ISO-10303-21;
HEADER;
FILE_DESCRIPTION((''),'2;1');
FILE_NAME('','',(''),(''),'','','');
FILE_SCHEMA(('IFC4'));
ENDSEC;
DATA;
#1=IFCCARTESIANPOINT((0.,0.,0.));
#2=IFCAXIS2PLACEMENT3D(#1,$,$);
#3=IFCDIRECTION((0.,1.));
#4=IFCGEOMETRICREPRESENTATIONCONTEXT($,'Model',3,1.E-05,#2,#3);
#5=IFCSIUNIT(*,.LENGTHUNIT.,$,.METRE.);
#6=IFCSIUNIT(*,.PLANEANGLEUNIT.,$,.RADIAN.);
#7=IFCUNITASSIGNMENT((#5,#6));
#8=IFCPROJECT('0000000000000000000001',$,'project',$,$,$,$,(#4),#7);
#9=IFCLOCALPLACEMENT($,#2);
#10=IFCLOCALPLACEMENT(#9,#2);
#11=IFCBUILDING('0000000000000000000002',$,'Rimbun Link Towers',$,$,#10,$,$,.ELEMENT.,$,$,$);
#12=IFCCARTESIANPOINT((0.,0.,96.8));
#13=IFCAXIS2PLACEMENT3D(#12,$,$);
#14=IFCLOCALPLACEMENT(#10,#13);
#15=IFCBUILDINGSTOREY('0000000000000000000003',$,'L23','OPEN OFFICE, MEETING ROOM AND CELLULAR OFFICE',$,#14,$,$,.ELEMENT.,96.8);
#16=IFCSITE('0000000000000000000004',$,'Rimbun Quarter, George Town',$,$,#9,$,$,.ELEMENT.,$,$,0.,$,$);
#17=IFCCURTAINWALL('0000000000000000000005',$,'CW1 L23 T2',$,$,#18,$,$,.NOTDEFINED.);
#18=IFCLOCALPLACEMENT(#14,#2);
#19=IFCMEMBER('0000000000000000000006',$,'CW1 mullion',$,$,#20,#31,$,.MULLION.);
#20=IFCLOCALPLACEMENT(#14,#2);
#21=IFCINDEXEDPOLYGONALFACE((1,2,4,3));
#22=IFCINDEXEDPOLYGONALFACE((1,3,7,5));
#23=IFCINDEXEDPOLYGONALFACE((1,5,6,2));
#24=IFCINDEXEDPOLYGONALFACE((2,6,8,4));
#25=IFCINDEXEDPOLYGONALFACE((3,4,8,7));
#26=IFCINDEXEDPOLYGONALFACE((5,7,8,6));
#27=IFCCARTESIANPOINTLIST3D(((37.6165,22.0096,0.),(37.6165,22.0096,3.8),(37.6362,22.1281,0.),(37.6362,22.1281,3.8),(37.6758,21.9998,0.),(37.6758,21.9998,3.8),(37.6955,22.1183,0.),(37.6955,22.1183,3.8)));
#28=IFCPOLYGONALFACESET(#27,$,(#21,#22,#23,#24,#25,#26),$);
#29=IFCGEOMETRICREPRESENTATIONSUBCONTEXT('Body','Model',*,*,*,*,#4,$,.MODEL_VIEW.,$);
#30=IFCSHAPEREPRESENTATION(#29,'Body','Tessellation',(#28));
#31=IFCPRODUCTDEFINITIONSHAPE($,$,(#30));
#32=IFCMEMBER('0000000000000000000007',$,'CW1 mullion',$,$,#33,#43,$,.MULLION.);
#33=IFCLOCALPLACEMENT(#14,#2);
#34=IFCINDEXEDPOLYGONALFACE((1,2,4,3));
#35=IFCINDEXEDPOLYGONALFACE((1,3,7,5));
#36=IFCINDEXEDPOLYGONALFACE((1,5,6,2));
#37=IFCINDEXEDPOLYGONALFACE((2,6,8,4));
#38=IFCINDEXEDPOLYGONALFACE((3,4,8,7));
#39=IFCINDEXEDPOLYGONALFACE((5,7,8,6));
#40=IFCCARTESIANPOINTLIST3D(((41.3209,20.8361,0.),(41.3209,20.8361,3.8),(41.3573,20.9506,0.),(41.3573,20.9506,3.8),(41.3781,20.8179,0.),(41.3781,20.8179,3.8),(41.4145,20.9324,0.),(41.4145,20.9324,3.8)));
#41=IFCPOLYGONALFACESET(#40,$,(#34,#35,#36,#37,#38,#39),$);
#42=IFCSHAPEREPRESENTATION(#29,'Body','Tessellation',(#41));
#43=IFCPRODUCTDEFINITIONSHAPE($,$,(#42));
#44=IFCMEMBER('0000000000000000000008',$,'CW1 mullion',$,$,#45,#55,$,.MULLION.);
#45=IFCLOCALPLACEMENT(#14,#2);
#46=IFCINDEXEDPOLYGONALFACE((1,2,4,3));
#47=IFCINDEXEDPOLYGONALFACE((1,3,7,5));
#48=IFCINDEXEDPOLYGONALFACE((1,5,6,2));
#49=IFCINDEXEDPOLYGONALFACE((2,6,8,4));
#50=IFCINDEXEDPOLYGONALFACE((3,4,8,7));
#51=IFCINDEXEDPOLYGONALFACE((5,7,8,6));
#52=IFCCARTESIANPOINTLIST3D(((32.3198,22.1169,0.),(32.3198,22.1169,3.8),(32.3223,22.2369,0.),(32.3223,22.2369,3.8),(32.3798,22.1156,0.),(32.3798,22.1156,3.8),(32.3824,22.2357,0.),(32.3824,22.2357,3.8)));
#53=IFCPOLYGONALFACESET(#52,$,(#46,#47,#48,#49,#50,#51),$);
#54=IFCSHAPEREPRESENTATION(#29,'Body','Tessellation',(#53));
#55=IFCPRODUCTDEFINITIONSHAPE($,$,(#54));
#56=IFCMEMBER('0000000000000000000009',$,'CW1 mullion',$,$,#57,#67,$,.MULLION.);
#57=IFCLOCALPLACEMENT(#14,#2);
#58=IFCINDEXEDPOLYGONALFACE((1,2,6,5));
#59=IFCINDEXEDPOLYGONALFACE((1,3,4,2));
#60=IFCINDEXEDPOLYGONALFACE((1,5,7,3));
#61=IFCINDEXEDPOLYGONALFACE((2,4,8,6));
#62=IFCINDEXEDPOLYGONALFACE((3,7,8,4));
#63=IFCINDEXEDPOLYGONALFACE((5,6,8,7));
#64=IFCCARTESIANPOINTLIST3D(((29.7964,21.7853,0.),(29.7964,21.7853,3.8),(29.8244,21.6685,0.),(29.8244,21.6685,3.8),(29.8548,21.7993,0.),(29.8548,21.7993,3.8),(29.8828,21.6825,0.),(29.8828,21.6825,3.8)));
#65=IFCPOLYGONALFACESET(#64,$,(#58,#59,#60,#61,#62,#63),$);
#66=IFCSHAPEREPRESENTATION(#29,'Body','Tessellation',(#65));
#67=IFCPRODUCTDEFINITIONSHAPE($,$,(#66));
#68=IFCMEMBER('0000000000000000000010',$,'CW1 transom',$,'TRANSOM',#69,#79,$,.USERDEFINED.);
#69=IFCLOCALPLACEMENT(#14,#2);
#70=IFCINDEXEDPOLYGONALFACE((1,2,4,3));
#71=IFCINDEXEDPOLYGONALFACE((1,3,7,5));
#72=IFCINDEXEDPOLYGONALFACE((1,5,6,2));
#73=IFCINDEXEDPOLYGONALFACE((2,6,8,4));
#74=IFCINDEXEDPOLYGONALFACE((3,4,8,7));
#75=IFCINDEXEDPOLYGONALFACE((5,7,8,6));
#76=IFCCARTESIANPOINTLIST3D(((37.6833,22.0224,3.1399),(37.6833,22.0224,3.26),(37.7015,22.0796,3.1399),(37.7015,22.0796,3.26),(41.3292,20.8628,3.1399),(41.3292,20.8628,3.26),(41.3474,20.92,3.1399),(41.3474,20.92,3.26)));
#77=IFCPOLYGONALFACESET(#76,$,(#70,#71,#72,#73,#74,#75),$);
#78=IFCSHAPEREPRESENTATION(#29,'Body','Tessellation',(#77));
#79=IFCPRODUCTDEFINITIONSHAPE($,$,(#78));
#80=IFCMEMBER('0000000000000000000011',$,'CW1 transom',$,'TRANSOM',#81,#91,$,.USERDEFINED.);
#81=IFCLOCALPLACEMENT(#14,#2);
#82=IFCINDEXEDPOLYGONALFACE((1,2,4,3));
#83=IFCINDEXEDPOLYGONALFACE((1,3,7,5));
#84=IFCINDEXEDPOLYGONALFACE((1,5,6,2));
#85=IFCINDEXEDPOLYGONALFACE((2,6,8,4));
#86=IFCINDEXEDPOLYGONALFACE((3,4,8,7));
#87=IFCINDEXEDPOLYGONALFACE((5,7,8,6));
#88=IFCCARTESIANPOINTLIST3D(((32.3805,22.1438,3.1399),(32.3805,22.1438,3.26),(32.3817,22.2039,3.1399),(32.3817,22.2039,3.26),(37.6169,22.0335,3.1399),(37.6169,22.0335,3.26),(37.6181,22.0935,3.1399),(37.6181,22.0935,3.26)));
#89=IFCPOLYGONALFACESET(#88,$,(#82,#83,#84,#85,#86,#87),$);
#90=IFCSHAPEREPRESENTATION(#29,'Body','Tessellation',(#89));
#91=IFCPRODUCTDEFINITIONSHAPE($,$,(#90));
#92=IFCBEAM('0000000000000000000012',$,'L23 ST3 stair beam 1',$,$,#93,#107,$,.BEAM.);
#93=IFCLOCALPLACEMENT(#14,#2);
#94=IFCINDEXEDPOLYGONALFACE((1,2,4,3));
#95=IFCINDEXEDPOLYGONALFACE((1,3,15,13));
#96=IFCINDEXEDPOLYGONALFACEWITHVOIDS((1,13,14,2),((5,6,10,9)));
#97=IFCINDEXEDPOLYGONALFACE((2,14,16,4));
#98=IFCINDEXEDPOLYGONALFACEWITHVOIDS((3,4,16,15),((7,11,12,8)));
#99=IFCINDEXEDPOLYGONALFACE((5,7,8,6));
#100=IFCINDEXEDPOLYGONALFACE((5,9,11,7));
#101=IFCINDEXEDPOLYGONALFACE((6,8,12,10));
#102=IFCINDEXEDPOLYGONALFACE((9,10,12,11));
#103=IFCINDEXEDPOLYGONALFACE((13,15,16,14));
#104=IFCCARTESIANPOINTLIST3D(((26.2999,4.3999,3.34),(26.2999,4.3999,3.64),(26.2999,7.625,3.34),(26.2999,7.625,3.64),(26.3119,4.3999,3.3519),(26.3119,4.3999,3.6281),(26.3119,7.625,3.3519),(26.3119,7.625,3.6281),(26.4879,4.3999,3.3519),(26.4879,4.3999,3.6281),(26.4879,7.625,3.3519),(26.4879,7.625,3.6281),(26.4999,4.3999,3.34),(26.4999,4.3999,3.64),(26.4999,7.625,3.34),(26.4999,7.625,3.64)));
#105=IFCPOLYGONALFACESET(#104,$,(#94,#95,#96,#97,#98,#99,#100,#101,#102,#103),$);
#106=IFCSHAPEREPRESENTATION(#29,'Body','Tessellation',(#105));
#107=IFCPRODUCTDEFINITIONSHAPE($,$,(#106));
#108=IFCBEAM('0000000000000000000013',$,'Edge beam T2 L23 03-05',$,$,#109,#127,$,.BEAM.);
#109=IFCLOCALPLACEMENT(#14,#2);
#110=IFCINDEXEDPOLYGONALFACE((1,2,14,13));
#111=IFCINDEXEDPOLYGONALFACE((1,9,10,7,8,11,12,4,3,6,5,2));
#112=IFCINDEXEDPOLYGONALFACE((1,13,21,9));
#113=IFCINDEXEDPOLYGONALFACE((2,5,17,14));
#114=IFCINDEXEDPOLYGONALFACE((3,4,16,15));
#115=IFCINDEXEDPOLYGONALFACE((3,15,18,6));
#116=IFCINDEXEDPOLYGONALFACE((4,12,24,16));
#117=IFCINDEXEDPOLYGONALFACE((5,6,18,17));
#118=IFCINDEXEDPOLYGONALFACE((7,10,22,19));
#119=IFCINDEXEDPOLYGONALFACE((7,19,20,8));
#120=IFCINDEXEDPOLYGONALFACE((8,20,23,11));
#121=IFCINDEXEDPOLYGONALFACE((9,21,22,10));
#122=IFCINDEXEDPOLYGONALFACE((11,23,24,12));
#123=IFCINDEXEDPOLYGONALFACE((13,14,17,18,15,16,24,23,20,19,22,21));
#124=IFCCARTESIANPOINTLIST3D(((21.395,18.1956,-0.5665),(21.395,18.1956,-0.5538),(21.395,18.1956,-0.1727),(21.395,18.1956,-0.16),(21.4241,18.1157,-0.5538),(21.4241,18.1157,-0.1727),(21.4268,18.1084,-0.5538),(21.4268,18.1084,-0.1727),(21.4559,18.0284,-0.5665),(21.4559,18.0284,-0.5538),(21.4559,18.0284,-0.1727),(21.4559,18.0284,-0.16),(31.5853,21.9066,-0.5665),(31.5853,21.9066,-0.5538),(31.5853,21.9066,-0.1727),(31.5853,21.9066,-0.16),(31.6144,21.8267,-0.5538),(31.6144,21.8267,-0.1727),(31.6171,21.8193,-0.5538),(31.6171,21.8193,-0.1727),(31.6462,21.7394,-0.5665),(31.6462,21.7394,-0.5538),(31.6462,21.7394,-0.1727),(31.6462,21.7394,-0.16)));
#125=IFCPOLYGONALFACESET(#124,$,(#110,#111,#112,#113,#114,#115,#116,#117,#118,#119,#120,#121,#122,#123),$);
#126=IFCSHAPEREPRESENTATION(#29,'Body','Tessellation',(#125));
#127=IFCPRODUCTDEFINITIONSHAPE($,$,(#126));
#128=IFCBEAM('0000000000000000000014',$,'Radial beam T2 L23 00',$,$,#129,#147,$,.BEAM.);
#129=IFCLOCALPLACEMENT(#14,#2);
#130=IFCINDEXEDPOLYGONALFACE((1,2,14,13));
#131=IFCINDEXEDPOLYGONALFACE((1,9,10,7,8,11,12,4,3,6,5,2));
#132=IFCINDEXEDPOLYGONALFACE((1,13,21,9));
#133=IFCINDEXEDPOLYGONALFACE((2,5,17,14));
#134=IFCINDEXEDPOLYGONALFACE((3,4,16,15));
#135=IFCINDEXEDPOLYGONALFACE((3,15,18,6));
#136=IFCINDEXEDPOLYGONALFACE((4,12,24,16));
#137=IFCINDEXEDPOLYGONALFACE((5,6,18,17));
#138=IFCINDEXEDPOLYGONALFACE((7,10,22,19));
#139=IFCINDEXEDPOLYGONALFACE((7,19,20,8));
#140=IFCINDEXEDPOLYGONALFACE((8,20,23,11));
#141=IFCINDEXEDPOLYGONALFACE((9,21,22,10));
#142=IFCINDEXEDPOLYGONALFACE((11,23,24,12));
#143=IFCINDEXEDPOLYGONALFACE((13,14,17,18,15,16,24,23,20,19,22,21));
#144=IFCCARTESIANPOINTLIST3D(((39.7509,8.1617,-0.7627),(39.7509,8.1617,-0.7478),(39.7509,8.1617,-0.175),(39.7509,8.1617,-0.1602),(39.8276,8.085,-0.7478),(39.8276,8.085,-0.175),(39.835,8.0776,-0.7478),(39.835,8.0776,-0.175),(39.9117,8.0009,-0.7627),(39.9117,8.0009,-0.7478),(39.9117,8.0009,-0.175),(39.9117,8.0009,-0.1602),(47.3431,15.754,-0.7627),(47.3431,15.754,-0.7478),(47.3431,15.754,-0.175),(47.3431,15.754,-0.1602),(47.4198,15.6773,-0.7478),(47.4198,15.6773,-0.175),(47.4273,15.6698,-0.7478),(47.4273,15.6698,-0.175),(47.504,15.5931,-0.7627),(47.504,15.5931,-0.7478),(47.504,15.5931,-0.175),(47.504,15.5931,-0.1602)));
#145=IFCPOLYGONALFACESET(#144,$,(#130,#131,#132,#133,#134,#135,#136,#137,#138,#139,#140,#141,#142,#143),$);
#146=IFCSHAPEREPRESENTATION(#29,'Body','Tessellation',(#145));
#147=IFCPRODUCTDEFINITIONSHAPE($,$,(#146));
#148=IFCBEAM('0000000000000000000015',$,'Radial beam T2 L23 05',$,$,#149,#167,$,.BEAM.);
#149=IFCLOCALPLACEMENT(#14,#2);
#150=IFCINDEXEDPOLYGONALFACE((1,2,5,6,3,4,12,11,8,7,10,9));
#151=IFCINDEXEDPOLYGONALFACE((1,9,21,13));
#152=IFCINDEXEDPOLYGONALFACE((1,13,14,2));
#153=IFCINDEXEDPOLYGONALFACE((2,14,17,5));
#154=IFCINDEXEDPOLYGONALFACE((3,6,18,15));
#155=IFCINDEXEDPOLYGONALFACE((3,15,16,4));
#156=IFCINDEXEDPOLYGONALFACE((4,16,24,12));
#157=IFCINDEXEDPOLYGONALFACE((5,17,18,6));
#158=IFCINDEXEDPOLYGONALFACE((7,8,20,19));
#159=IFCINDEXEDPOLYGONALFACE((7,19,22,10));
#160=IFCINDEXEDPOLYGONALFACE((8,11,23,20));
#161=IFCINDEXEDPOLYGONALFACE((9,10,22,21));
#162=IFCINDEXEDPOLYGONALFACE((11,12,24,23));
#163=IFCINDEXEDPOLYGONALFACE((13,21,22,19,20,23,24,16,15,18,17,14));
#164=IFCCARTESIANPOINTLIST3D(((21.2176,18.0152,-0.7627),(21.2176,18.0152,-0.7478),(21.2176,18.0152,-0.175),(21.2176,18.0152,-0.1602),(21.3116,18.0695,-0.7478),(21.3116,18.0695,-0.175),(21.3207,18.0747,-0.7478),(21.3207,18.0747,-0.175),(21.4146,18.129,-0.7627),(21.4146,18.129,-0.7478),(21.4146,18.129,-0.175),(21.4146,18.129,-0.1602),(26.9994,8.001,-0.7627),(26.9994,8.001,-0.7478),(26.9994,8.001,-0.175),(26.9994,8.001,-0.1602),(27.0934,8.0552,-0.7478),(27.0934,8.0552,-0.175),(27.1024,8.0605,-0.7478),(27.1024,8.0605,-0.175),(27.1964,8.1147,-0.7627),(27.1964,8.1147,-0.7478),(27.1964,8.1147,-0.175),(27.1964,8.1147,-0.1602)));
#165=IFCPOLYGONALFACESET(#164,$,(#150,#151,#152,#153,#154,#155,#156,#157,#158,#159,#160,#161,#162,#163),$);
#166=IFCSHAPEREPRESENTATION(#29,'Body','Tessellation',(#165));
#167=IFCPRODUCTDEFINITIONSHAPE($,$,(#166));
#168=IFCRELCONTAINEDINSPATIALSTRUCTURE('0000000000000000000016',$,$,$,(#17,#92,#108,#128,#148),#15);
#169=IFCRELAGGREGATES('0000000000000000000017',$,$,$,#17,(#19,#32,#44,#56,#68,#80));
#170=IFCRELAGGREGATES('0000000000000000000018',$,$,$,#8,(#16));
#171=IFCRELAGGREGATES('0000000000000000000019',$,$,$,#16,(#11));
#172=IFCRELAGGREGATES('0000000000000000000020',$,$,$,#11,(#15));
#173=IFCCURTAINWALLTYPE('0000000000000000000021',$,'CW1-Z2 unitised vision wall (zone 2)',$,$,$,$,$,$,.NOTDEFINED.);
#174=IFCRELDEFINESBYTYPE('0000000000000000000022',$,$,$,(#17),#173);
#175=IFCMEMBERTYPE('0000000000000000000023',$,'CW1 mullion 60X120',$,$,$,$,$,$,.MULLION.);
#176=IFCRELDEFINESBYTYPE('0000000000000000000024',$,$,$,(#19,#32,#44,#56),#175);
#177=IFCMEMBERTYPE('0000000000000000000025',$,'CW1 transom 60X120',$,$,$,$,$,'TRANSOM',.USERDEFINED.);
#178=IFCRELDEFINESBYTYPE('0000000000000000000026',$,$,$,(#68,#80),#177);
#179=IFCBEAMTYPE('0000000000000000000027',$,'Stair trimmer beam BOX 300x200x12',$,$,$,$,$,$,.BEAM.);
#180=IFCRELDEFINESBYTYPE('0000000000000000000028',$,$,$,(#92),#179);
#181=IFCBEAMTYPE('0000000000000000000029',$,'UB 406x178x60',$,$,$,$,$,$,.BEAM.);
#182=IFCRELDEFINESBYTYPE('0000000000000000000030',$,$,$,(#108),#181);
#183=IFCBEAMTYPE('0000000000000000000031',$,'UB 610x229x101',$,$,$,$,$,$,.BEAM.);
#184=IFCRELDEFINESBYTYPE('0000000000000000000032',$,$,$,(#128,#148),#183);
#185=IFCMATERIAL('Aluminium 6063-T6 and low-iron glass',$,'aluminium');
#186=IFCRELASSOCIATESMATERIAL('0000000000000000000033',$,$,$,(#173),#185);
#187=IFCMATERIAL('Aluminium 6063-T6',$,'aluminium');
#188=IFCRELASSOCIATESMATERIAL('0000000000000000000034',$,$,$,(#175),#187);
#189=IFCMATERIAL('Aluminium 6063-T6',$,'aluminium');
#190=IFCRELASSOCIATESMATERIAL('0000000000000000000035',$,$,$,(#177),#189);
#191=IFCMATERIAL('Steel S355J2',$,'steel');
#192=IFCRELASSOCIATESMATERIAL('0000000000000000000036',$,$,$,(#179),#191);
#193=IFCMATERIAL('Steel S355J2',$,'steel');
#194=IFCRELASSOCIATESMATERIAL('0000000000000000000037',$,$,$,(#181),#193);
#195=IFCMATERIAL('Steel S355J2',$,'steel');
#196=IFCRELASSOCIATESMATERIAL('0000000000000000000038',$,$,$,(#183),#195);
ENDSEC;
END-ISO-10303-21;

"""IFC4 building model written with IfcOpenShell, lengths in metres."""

from ifc_helpers import new_model, si_unit, direction, frame, origin, origin_2d, place, context, subcontext, project, spatial, rectangle, hollow_rectangle, i_section, extrude, material, material_profile, profile_set, type_object, element, aggregate, save


model = new_model("IFC4")

# Units and contexts
model_context = context("Model", 3, precision=1e-05, world=origin(), true_north=direction((0.0, 1.0)))
body_context = subcontext(model_context, "Body", "Model", "MODEL_VIEW")
ifc_project = project(units=[si_unit("LENGTHUNIT", "METRE"), si_unit("PLANEANGLEUNIT", "RADIAN")], contexts=[model_context])

# Site, building, storey
site_placement = place(None, origin())
site = spatial("IfcSite", under=ifc_project, at=site_placement, Name="Rimbun Quarter, George Town", CompositionType="ELEMENT", RefElevation=0.0)
building_placement = place(site_placement, origin())
building = spatial("IfcBuilding", under=site, at=building_placement, Name="Rimbun Link Towers", CompositionType="ELEMENT")
storey_placement = place(building_placement, frame((0.0, 0.0, 96.8)))
storey = spatial("IfcBuildingStorey", under=building, at=storey_placement, Name="L23", Description="OPEN OFFICE, MEETING ROOM AND CELLULAR OFFICE", CompositionType="ELEMENT", Elevation=96.8)

# Curtain wall, members
ifc_material_1 = material(Name="Aluminium 6063-T6 and low-iron glass", Category="aluminium")
curtain_wall_type = type_object("IfcCurtainWallType", Name="CW1-Z2 unitised vision wall (zone 2)", PredefinedType="NOTDEFINED", material=ifc_material_1)
curtain_wall_placement = place(storey_placement, origin())
curtain_wall = element("IfcCurtainWall", 1, at=curtain_wall_placement, inside=storey, type_object=curtain_wall_type, Name="CW1 L23 T2", PredefinedType="NOTDEFINED")
ifc_material_2 = material(Name="Aluminium 6063-T6", Category="aluminium")
ifc_material_profile_1 = material_profile(ifc_material_2, rectangle(XDim=0.1201, YDim=0.0601, at=origin_2d()), Name="MULLION 60X120")
ifc_profile_set_1 = profile_set([ifc_material_profile_1], Name="Aluminium 6063-T6")
member_type_1 = type_object("IfcMemberType", Name="CW1 mullion 60X120", PredefinedType="MULLION", material=ifc_profile_set_1)
member_1_placement = place(storey_placement, frame((37.656, 22.064, 0.0), z_axis=(0.0, 0.0, 1.0), x_axis=(0.163744, 0.986503, 0.0)))
member_1 = element("IfcMember", 2, at=member_1_placement, type_object=member_type_1, Name="CW1 mullion", PredefinedType="MULLION", context=body_context, shape_type="SweptSolid", body=[
    extrude(rectangle(XDim=0.1201, YDim=0.0601, at=origin_2d()), origin(), (0.0, 0.0, 1.0), 3.8),
])
member_2_placement = place(storey_placement, frame((41.3677, 20.8843, 0.0), z_axis=(0.0, 0.0, 1.0), x_axis=(0.303066, 0.95297, 0.0)))
member_2 = element("IfcMember", 3, at=member_2_placement, type_object=member_type_1, Name="CW1 mullion", PredefinedType="MULLION", context=body_context, shape_type="SweptSolid", body=[
    extrude(rectangle(XDim=0.1201, YDim=0.0601, at=origin_2d()), origin(), (0.0, 0.0, 1.0), 3.8),
])
member_3_placement = place(storey_placement, frame((32.3511, 22.1763, 0.0), z_axis=(0.0, 0.0, 1.0), x_axis=(0.02106, 0.999778, 0.0)))
member_3 = element("IfcMember", 4, at=member_3_placement, type_object=member_type_1, Name="CW1 mullion", PredefinedType="MULLION", context=body_context, shape_type="SweptSolid", body=[
    extrude(rectangle(XDim=0.1201, YDim=0.0601, at=origin_2d()), origin(), (0.0, 0.0, 1.0), 3.8),
])
member_4_placement = place(storey_placement, frame((29.8396, 21.7339, 0.0), z_axis=(0.0, 0.0, 1.0), x_axis=(-0.232601, 0.972572, 0.0)))
member_4 = element("IfcMember", 5, at=member_4_placement, type_object=member_type_1, Name="CW1 mullion", PredefinedType="MULLION", context=body_context, shape_type="SweptSolid", body=[
    extrude(rectangle(XDim=0.1201, YDim=0.0601, at=origin_2d()), origin(), (0.0, 0.0, 1.0), 3.8),
])
ifc_material_3 = material(Name="Aluminium 6063-T6", Category="aluminium")
ifc_material_profile_2 = material_profile(ifc_material_3, rectangle(XDim=0.0601, YDim=0.1201, at=origin_2d()), Name="TRANSOM 60X120")
ifc_profile_set_2 = profile_set([ifc_material_profile_2], Name="Aluminium 6063-T6")
member_type_2 = type_object("IfcMemberType", Name="CW1 transom 60X120", ElementType="TRANSOM", PredefinedType="USERDEFINED", material=ifc_profile_set_2)
member_5_placement = place(storey_placement, frame((37.6924, 22.051, 3.2), z_axis=(0.952958, -0.303104, 0.0), x_axis=(0.303104, 0.952958, 0.0)))
member_5 = element("IfcMember", 6, at=member_5_placement, type_object=member_type_2, Name="CW1 transom", ObjectType="TRANSOM", PredefinedType="USERDEFINED", context=body_context, shape_type="SweptSolid", body=[
    extrude(rectangle(XDim=0.0601, YDim=0.1201, at=origin_2d()), origin(), (0.0, 0.0, 1.0), 3.8259),
])
member_6_placement = place(storey_placement, frame((32.3811, 22.1738, 3.2), z_axis=(0.999778, -0.02107, 0.0), x_axis=(0.02107, 0.999778, 0.0)))
member_6 = element("IfcMember", 7, at=member_6_placement, type_object=member_type_2, Name="CW1 transom", ObjectType="TRANSOM", PredefinedType="USERDEFINED", context=body_context, shape_type="SweptSolid", body=[
    extrude(rectangle(XDim=0.0601, YDim=0.1201, at=origin_2d()), origin(), (0.0, 0.0, 1.0), 5.2375),
])

# Beams
ifc_material_4 = material(Name="Steel S355J2", Category="steel")
ifc_material_profile_3 = material_profile(ifc_material_4, hollow_rectangle(XDim=0.2, YDim=0.3, WallThickness=0.012, at=origin_2d()), Name="BOX 300x200x12")
ifc_profile_set_3 = profile_set([ifc_material_profile_3], Name="Steel S355J2")
beam_type_1 = type_object("IfcBeamType", Name="Stair trimmer beam BOX 300x200x12", PredefinedType="BEAM", material=ifc_profile_set_3)
beam_1_placement = place(storey_placement, frame((26.3999, 7.625, 3.49), z_axis=(0.0, -1.0, 0.0), x_axis=(1.0, 0.0, 0.0)))
element("IfcBeam", 8, at=beam_1_placement, inside=storey, type_object=beam_type_1, Name="L23 ST3 stair beam 1", PredefinedType="BEAM", context=body_context, shape_type="SweptSolid", body=[
    extrude(hollow_rectangle(XDim=0.2, YDim=0.3, WallThickness=0.012, at=origin_2d()), origin(), (0.0, 0.0, 1.0), 3.2251),
])
ifc_material_5 = material(Name="Steel S355J2", Category="steel")
ifc_material_profile_4 = material_profile(ifc_material_5, i_section(OverallWidth=0.178, OverallDepth=0.4065, WebThickness=0.0078, FlangeThickness=0.0127, at=origin_2d()), Name="UB 406x178x60")
ifc_profile_set_4 = profile_set([ifc_material_profile_4], Name="Steel S355J2")
beam_type_2 = type_object("IfcBeamType", Name="UB 406x178x60", PredefinedType="BEAM", material=ifc_profile_set_4)
beam_2_placement = place(storey_placement, frame((31.6157, 21.823, -0.3633), z_axis=(-0.939633, -0.342184, 0.0), x_axis=(0.342184, -0.939633, 0.0)))
element("IfcBeam", 9, at=beam_2_placement, inside=storey, type_object=beam_type_2, Name="Edge beam T2 L23 03-05", PredefinedType="BEAM", context=body_context, shape_type="SweptSolid", body=[
    extrude(i_section(OverallWidth=0.178, OverallDepth=0.4065, WebThickness=0.0078, FlangeThickness=0.0127, at=origin_2d()), origin(), (0.0, 0.0, 1.0), 10.845),
])
ifc_material_6 = material(Name="Steel S355J2", Category="steel")
ifc_material_profile_5 = material_profile(ifc_material_6, i_section(OverallWidth=0.2275, OverallDepth=0.6025, WebThickness=0.0105, FlangeThickness=0.0149, at=origin_2d()), Name="UB 610x229x101")
ifc_profile_set_5 = profile_set([ifc_material_profile_5], Name="Steel S355J2")
beam_type_3 = type_object("IfcBeamType", Name="UB 610x229x101", PredefinedType="BEAM", material=ifc_profile_set_5)
beam_3_placement = place(storey_placement, frame((39.8313, 8.0813, -0.4614), z_axis=(0.707107, 0.707107, 0.0), x_axis=(-0.707107, 0.707107, 0.0)))
element("IfcBeam", 10, at=beam_3_placement, inside=storey, type_object=beam_type_3, Name="Radial beam T2 L23 00", PredefinedType="BEAM", context=body_context, shape_type="SweptSolid", body=[
    extrude(i_section(OverallWidth=0.2275, OverallDepth=0.6025, WebThickness=0.0105, FlangeThickness=0.0149, at=origin_2d()), origin(), (0.0, 0.0, 1.0), 10.7371),
])
beam_4_placement = place(storey_placement, frame((27.0979, 8.0579, -0.4614), z_axis=(-0.500004, 0.866023, 0.0), x_axis=(-0.866023, -0.500004, 0.0)))
element("IfcBeam", 11, at=beam_4_placement, inside=storey, type_object=beam_type_3, Name="Radial beam T2 L23 05", PredefinedType="BEAM", context=body_context, shape_type="SweptSolid", body=[
    extrude(i_section(OverallWidth=0.2275, OverallDepth=0.6025, WebThickness=0.0105, FlangeThickness=0.0149, at=origin_2d()), origin(), (0.0, 0.0, 1.0), 11.5635),
])

aggregate(curtain_wall, [member_1, member_2, member_3, member_4, member_5, member_6])

save(model, "model.ifc")
